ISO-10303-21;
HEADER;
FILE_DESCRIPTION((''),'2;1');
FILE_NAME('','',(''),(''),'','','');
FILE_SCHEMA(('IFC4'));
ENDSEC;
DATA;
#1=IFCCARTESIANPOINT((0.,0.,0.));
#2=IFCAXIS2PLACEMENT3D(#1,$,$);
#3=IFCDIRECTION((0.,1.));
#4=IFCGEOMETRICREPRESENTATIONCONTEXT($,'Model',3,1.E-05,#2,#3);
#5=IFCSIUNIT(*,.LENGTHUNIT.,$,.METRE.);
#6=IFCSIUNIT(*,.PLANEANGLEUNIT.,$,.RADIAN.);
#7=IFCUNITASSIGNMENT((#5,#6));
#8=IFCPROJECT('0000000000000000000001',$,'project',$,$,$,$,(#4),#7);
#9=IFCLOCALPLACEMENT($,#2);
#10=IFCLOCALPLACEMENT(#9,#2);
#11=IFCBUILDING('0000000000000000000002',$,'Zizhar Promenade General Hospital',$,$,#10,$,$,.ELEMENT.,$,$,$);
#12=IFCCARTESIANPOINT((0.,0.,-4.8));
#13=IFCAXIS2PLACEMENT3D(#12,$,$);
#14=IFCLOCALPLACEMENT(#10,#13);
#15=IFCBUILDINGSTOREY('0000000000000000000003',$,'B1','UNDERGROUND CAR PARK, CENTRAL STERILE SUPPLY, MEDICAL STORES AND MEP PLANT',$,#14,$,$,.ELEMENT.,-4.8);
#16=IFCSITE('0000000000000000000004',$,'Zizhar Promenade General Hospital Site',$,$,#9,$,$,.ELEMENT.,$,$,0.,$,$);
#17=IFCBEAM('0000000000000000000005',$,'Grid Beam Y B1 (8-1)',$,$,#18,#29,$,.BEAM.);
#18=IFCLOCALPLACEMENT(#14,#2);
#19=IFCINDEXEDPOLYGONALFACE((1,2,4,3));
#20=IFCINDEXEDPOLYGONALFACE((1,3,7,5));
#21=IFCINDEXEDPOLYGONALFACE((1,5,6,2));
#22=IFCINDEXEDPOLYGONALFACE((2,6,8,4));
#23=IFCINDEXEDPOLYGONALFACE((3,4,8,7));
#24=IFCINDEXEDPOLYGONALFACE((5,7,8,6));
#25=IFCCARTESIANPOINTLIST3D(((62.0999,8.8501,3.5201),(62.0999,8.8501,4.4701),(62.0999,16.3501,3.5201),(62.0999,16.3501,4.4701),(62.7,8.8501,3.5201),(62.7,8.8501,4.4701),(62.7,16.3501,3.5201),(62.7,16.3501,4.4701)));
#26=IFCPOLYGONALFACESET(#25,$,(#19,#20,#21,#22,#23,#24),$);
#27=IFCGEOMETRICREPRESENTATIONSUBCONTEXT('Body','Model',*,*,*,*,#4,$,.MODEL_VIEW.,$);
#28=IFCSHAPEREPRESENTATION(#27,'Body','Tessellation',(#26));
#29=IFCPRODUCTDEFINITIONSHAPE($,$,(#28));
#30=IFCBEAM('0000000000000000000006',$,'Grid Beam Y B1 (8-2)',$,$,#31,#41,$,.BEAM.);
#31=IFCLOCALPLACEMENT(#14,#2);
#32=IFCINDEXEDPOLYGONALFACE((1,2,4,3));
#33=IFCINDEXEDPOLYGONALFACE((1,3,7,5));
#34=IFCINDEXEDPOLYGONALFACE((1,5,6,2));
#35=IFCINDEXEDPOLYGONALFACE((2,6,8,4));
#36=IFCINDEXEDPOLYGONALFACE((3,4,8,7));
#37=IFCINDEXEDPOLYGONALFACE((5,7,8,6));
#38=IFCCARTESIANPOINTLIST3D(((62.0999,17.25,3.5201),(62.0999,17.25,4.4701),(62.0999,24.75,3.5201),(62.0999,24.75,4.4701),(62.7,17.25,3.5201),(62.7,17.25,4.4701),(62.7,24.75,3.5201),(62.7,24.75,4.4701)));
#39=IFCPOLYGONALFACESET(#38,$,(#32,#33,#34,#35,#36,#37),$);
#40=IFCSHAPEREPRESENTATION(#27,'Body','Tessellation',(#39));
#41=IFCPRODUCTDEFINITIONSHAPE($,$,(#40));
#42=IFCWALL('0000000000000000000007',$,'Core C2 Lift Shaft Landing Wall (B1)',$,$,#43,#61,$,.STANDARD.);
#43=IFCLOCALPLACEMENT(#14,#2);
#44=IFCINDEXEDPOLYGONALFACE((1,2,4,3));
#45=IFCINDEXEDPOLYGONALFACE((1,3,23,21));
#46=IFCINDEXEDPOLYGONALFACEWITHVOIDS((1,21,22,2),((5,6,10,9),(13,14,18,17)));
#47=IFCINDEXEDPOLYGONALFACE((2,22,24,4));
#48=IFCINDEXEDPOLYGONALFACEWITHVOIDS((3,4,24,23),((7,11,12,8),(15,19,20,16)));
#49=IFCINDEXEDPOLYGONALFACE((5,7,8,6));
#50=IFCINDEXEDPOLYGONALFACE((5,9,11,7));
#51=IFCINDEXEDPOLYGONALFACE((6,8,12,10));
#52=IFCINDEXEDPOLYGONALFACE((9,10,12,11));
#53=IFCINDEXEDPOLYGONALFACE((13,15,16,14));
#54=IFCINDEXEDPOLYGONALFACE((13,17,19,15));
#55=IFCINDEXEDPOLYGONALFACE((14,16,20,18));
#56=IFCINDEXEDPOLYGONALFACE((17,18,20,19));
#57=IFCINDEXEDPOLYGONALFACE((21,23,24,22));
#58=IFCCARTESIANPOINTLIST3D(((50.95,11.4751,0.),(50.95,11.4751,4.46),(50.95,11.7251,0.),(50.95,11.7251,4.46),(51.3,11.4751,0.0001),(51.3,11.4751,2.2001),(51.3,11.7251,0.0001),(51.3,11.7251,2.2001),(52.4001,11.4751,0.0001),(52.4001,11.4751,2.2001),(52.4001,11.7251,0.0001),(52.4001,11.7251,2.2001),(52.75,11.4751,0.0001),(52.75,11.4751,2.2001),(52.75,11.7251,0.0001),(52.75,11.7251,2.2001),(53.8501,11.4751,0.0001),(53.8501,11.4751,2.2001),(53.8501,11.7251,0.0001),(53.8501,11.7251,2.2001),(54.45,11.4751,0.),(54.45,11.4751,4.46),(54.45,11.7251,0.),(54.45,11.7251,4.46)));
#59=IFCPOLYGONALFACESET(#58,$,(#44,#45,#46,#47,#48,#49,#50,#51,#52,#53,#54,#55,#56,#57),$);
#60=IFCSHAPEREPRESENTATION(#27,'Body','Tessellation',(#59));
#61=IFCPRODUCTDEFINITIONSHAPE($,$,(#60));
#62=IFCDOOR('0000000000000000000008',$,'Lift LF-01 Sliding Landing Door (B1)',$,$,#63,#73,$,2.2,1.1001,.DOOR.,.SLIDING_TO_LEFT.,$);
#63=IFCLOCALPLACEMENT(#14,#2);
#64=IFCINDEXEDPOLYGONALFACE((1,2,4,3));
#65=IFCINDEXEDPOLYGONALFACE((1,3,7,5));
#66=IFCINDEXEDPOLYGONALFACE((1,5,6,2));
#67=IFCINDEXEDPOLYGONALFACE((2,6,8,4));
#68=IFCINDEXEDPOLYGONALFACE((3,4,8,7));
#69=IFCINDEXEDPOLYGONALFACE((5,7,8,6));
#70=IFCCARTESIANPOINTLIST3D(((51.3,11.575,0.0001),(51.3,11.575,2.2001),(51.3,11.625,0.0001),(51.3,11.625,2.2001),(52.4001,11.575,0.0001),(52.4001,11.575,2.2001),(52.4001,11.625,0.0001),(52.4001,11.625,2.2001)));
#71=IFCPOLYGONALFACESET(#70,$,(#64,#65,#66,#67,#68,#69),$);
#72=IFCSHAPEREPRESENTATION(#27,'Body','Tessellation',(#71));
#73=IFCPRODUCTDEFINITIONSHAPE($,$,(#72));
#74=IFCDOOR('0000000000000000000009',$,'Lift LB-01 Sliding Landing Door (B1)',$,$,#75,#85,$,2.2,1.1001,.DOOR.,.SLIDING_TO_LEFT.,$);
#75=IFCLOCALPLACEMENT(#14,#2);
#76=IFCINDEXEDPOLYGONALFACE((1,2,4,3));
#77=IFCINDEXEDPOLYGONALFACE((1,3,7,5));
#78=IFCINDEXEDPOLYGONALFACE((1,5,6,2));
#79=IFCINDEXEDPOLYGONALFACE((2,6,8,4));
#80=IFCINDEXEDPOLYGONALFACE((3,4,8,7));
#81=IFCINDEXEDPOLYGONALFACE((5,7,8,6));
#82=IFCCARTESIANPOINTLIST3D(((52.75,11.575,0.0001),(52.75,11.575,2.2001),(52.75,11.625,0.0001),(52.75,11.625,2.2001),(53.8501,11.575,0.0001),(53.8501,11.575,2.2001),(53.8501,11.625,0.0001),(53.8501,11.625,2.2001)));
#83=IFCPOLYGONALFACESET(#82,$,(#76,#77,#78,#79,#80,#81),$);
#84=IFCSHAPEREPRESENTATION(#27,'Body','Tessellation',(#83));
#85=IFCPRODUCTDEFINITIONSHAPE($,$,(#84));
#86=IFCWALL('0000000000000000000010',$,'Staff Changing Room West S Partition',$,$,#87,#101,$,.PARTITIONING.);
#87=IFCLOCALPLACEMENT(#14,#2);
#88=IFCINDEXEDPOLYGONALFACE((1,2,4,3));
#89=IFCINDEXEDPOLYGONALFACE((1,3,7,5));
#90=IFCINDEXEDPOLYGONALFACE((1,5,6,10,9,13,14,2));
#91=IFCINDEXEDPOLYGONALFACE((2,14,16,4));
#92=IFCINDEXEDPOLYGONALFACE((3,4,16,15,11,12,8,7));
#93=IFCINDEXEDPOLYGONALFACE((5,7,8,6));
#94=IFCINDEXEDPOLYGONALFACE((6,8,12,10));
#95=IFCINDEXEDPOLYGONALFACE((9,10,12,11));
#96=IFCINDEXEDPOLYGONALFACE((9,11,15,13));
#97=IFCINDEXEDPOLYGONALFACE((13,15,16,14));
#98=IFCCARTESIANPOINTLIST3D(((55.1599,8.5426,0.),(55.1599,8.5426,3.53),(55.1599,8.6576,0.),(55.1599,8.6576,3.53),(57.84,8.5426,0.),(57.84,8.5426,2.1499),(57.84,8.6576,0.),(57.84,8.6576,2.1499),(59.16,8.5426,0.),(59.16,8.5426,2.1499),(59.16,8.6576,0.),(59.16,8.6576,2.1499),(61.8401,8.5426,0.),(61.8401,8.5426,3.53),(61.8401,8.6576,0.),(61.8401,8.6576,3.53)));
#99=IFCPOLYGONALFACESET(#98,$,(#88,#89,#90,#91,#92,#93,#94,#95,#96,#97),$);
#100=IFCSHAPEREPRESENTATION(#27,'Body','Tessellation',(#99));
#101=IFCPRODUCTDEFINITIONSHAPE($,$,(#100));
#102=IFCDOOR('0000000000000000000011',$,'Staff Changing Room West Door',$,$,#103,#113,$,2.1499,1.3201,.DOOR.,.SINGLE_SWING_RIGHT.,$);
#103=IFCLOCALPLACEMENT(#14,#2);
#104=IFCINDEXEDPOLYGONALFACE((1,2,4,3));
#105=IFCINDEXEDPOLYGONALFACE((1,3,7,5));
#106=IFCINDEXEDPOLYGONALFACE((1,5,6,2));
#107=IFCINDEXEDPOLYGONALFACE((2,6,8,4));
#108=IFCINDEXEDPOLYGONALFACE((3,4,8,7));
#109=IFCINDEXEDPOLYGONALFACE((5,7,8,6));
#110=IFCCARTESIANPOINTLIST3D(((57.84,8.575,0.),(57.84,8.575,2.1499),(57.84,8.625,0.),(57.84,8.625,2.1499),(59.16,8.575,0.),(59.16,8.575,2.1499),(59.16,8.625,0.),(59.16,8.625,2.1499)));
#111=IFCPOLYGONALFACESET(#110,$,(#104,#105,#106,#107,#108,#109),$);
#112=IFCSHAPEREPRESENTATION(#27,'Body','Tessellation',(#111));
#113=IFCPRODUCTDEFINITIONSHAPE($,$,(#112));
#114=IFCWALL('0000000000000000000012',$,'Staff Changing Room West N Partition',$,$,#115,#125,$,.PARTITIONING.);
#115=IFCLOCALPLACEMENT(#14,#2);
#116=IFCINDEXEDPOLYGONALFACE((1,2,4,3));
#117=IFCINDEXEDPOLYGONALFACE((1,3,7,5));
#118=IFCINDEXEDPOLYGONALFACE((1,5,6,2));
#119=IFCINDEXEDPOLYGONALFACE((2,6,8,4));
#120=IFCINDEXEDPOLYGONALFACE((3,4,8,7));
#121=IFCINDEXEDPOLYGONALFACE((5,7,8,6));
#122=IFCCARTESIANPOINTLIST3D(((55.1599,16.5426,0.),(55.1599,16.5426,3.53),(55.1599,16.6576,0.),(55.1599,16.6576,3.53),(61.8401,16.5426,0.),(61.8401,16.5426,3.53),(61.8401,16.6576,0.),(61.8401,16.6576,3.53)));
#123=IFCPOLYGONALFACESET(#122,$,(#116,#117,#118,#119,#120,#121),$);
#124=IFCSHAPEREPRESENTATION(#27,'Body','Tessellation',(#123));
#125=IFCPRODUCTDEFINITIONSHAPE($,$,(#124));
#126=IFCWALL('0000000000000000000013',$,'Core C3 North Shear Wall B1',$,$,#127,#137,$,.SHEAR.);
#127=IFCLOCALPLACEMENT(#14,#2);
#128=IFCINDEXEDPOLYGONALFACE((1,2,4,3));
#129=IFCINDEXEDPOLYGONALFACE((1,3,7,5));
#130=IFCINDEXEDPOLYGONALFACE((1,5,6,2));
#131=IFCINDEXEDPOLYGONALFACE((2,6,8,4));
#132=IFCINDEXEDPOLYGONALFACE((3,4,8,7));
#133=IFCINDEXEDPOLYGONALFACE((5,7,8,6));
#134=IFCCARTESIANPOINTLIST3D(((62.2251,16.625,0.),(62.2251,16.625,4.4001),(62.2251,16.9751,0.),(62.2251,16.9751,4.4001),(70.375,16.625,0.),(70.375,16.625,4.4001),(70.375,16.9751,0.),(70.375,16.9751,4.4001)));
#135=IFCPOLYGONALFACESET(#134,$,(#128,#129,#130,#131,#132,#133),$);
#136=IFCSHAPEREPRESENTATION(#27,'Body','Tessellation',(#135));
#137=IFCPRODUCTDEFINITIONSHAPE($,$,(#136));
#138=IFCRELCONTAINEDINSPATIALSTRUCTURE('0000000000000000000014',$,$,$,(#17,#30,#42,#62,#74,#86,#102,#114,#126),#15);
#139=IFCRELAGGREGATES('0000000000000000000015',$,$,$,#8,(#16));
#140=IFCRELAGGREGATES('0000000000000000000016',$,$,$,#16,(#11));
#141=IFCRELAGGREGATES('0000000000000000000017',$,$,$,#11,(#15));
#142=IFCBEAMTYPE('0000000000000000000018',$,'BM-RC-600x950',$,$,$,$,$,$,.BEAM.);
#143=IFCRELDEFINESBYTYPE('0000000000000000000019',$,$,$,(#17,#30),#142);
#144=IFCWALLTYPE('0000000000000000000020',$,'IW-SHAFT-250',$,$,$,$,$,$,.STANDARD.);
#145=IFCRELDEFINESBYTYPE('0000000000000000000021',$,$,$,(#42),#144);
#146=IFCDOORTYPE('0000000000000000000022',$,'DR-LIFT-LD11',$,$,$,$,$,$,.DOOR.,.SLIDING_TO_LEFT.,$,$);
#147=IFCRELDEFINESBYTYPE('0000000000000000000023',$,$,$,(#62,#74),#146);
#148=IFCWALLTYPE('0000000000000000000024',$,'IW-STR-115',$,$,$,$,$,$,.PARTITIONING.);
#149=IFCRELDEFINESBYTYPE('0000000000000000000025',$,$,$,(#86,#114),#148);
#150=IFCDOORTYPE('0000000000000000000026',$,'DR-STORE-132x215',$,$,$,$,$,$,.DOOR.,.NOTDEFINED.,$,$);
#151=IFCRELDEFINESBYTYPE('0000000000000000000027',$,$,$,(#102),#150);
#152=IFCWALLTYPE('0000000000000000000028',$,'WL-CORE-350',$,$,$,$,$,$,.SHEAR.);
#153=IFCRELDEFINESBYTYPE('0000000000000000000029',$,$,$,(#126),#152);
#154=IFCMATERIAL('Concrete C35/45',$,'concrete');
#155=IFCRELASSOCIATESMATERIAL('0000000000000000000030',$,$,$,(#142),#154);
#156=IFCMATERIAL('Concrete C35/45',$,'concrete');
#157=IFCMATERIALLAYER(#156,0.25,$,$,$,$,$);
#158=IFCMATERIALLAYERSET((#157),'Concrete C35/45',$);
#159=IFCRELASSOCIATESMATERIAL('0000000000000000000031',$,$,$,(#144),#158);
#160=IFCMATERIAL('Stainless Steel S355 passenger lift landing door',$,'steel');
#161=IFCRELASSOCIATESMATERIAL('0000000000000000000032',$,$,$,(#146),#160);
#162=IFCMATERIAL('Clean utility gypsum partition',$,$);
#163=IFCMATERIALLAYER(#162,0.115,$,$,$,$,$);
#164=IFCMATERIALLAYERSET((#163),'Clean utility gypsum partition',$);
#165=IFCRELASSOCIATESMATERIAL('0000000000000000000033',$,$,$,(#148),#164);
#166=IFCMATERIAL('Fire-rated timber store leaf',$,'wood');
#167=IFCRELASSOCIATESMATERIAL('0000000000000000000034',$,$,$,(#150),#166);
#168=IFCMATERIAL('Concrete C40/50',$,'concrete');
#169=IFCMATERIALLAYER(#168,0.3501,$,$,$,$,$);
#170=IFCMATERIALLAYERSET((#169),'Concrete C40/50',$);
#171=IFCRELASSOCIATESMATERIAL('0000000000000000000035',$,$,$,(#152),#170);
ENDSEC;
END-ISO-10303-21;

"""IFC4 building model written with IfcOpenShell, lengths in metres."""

from ifc_helpers import new_model, si_unit, direction, frame, frame_2d, origin, origin_2d, place, context, subcontext, project, spatial, rectangle, extrude, material, layer, layer_set, material_profile, profile_set, type_object, element, fill, save


model = new_model("IFC4")

# Units and contexts
model_context = context("Model", 3, precision=1e-05, world=origin(), true_north=direction((0.0, 1.0)))
body_context = subcontext(model_context, "Body", "Model", "MODEL_VIEW")
ifc_project = project(units=[si_unit("LENGTHUNIT", "METRE"), si_unit("PLANEANGLEUNIT", "RADIAN")], contexts=[model_context])

# Site, building, storey
site_placement = place(None, origin())
site = spatial("IfcSite", under=ifc_project, at=site_placement, Name="Zizhar Promenade General Hospital Site", CompositionType="ELEMENT", RefElevation=0.0)
building_placement = place(site_placement, origin())
building = spatial("IfcBuilding", under=site, at=building_placement, Name="Zizhar Promenade General Hospital", CompositionType="ELEMENT")
storey_placement = place(building_placement, frame((0.0, 0.0, -4.8)))
storey = spatial("IfcBuildingStorey", under=building, at=storey_placement, Name="B1", Description="UNDERGROUND CAR PARK, CENTRAL STERILE SUPPLY, MEDICAL STORES AND MEP PLANT", CompositionType="ELEMENT", Elevation=-4.8)

# Beams
ifc_material_1 = material(Name="Concrete C35/45", Category="concrete")
ifc_material_profile_1 = material_profile(ifc_material_1, rectangle(XDim=0.6001, YDim=0.95, at=origin_2d()))
ifc_profile_set_1 = profile_set([ifc_material_profile_1], Name="Concrete C35/45")
beam_type_1 = type_object("IfcBeamType", Name="BM-RC-600x950", PredefinedType="BEAM", material=ifc_profile_set_1)
for number, where, z_axis, x_axis, name in (
    (1, (62.3999, 8.8501, 3.9951), (0.0, 1.0, 0.0), (-1.0, 0.0, 0.0), "Grid Beam Y B1 (8-1)"),
    (2, (62.3999, 17.25, 3.9951), (0.0, 1.0, 0.0), (-1.0, 0.0, 0.0), "Grid Beam Y B1 (8-2)"),
):
    element("IfcBeam", number, at=place(storey_placement, frame(where, z_axis=z_axis, x_axis=x_axis)), inside=storey, type_object=beam_type_1, Name=name, PredefinedType="BEAM", context=body_context, shape_type="SweptSolid", body=[
        extrude(rectangle(XDim=0.6001, YDim=0.95, at=origin_2d()), origin(), (0.0, 0.0, 1.0), 7.5),
    ])

# Wall, openings, doors
ifc_material_2 = material(Name="Concrete C35/45", Category="concrete")
ifc_layer_1 = layer(ifc_material_2, 0.25)
ifc_layer_set_1 = layer_set([ifc_layer_1], Name="Concrete C35/45")
wall_type_1 = type_object("IfcWallType", Name="IW-SHAFT-250", PredefinedType="STANDARD", material=ifc_layer_set_1)
wall_1_placement = place(storey_placement, frame((50.95, 11.6001, 0.0), z_axis=(0.0, 0.0, 1.0), x_axis=(1.0, 0.0, 0.0)))
wall_1 = element("IfcWall", 3, at=wall_1_placement, inside=storey, type_object=wall_type_1, Name="Core C2 Lift Shaft Landing Wall (B1)", PredefinedType="STANDARD", context=body_context, shape_type="SweptSolid", body=[
    extrude(rectangle(XDim=3.5, YDim=0.25, at=frame_2d((1.75, 0.0))), origin(), (0.0, 0.0, 1.0), 4.46),
])
opening_1_placement = place(wall_1_placement, frame((0.3501, 0.0, 0.0)))
opening_1 = element("IfcOpeningElement", 4, at=opening_1_placement, cuts=wall_1, PredefinedType="OPENING", context=body_context, shape_type="SweptSolid", body=[
    extrude(rectangle(XDim=1.1001, YDim=2.2, at=frame_2d((0.55, 1.1001))), frame((0.0, 0.135, 0.0), z_axis=(0.0, -1.0, 0.0), x_axis=(1.0, 0.0, 0.0)), (0.0, 0.0, 1.0), 0.27),
])
opening_2_placement = place(wall_1_placement, frame((1.8, 0.0, 0.0)))
opening_2 = element("IfcOpeningElement", 5, at=opening_2_placement, cuts=wall_1, PredefinedType="OPENING", context=body_context, shape_type="SweptSolid", body=[
    extrude(rectangle(XDim=1.1001, YDim=2.2, at=frame_2d((0.55, 1.1001))), frame((0.0, 0.135, 0.0), z_axis=(0.0, -1.0, 0.0), x_axis=(1.0, 0.0, 0.0)), (0.0, 0.0, 1.0), 0.27),
])
ifc_material_3 = material(Name="Stainless Steel S355 passenger lift landing door", Category="steel")
door_type_1 = type_object("IfcDoorType", Name="DR-LIFT-LD11", OperationType="SLIDING_TO_LEFT", PredefinedType="DOOR", material=ifc_material_3)
door_1_placement = place(opening_1_placement, origin())
door_1 = element("IfcDoor", 6, at=door_1_placement, inside=storey, type_object=door_type_1, Name="Lift LF-01 Sliding Landing Door (B1)", OperationType="SLIDING_TO_LEFT", OverallHeight=2.2, OverallWidth=1.1001, PredefinedType="DOOR", context=body_context, shape_type="SweptSolid", body=[
    extrude(rectangle(XDim=1.1001, YDim=2.2, at=frame_2d((0.55, 1.1001))), frame((0.0, 0.0249, 0.0), z_axis=(0.0, -1.0, 0.0), x_axis=(1.0, 0.0, 0.0)), (0.0, 0.0, 1.0), 0.05),
])
fill(opening_1, door_1)
door_2_placement = place(opening_2_placement, origin())
door_2 = element("IfcDoor", 7, at=door_2_placement, inside=storey, type_object=door_type_1, Name="Lift LB-01 Sliding Landing Door (B1)", OperationType="SLIDING_TO_LEFT", OverallHeight=2.2, OverallWidth=1.1001, PredefinedType="DOOR", context=body_context, shape_type="SweptSolid", body=[
    extrude(rectangle(XDim=1.1001, YDim=2.2, at=frame_2d((0.55, 1.1001))), frame((0.0, 0.0249, 0.0), z_axis=(0.0, -1.0, 0.0), x_axis=(1.0, 0.0, 0.0)), (0.0, 0.0, 1.0), 0.05),
])
fill(opening_2, door_2)

# Wall, opening, door
ifc_material_4 = material(Name="Clean utility gypsum partition")
ifc_layer_2 = layer(ifc_material_4, 0.115)
ifc_layer_set_2 = layer_set([ifc_layer_2], Name="Clean utility gypsum partition")
wall_type_2 = type_object("IfcWallType", Name="IW-STR-115", PredefinedType="PARTITIONING", material=ifc_layer_set_2)
wall_2_placement = place(storey_placement, frame((55.1599, 8.6001, 0.0), z_axis=(0.0, 0.0, 1.0), x_axis=(1.0, 0.0, 0.0)))
wall_2 = element("IfcWall", 8, at=wall_2_placement, inside=storey, type_object=wall_type_2, Name="Staff Changing Room West S Partition", PredefinedType="PARTITIONING", context=body_context, shape_type="SweptSolid", body=[
    extrude(rectangle(XDim=6.6802, YDim=0.115, at=frame_2d((3.3401, 0.0))), origin(), (0.0, 0.0, 1.0), 3.53),
])
opening_3_placement = place(wall_2_placement, frame((2.6799, 0.0, 0.0)))
opening_3 = element("IfcOpeningElement", 9, at=opening_3_placement, cuts=wall_2, PredefinedType="OPENING", context=body_context, shape_type="SweptSolid", body=[
    extrude(rectangle(XDim=1.3201, YDim=2.1499, at=frame_2d((0.6602, 1.075))), frame((0.0, 0.0674, 0.0), z_axis=(0.0, -1.0, 0.0), x_axis=(1.0, 0.0, 0.0)), (0.0, 0.0, 1.0), 0.135),
])
ifc_material_5 = material(Name="Fire-rated timber store leaf", Category="wood")
door_type_2 = type_object("IfcDoorType", Name="DR-STORE-132x215", OperationType="NOTDEFINED", PredefinedType="DOOR", material=ifc_material_5)
door_3_placement = place(opening_3_placement, origin())
door_3 = element("IfcDoor", 10, at=door_3_placement, inside=storey, type_object=door_type_2, Name="Staff Changing Room West Door", OperationType="SINGLE_SWING_RIGHT", OverallHeight=2.1499, OverallWidth=1.3201, PredefinedType="DOOR", context=body_context, shape_type="SweptSolid", body=[
    extrude(rectangle(XDim=1.3201, YDim=2.1499, at=frame_2d((0.6602, 1.075))), frame((0.0, 0.0249, 0.0), z_axis=(0.0, -1.0, 0.0), x_axis=(1.0, 0.0, 0.0)), (0.0, 0.0, 1.0), 0.05),
])
fill(opening_3, door_3)

# Wall
wall_3_placement = place(storey_placement, frame((55.1599, 16.6001, 0.0), z_axis=(0.0, 0.0, 1.0), x_axis=(1.0, 0.0, 0.0)))
element("IfcWall", 11, at=wall_3_placement, inside=storey, type_object=wall_type_2, Name="Staff Changing Room West N Partition", PredefinedType="PARTITIONING", context=body_context, shape_type="SweptSolid", body=[
    extrude(rectangle(XDim=6.6802, YDim=0.115, at=frame_2d((3.3401, 0.0))), origin(), (0.0, 0.0, 1.0), 3.53),
])

# Wall
ifc_material_6 = material(Name="Concrete C40/50", Category="concrete")
ifc_layer_3 = layer(ifc_material_6, 0.3501)
ifc_layer_set_3 = layer_set([ifc_layer_3], Name="Concrete C40/50")
wall_type_3 = type_object("IfcWallType", Name="WL-CORE-350", PredefinedType="SHEAR", material=ifc_layer_set_3)
wall_4_placement = place(storey_placement, frame((62.2251, 16.8, 0.0), z_axis=(0.0, 0.0, 1.0), x_axis=(1.0, 0.0, 0.0)))
element("IfcWall", 12, at=wall_4_placement, inside=storey, type_object=wall_type_3, Name="Core C3 North Shear Wall B1", PredefinedType="SHEAR", context=body_context, shape_type="SweptSolid", body=[
    extrude(rectangle(XDim=8.1499, YDim=0.3501, at=frame_2d((4.075, 0.0))), origin(), (0.0, 0.0, 1.0), 4.4001),
])

save(model, "model.ifc")
